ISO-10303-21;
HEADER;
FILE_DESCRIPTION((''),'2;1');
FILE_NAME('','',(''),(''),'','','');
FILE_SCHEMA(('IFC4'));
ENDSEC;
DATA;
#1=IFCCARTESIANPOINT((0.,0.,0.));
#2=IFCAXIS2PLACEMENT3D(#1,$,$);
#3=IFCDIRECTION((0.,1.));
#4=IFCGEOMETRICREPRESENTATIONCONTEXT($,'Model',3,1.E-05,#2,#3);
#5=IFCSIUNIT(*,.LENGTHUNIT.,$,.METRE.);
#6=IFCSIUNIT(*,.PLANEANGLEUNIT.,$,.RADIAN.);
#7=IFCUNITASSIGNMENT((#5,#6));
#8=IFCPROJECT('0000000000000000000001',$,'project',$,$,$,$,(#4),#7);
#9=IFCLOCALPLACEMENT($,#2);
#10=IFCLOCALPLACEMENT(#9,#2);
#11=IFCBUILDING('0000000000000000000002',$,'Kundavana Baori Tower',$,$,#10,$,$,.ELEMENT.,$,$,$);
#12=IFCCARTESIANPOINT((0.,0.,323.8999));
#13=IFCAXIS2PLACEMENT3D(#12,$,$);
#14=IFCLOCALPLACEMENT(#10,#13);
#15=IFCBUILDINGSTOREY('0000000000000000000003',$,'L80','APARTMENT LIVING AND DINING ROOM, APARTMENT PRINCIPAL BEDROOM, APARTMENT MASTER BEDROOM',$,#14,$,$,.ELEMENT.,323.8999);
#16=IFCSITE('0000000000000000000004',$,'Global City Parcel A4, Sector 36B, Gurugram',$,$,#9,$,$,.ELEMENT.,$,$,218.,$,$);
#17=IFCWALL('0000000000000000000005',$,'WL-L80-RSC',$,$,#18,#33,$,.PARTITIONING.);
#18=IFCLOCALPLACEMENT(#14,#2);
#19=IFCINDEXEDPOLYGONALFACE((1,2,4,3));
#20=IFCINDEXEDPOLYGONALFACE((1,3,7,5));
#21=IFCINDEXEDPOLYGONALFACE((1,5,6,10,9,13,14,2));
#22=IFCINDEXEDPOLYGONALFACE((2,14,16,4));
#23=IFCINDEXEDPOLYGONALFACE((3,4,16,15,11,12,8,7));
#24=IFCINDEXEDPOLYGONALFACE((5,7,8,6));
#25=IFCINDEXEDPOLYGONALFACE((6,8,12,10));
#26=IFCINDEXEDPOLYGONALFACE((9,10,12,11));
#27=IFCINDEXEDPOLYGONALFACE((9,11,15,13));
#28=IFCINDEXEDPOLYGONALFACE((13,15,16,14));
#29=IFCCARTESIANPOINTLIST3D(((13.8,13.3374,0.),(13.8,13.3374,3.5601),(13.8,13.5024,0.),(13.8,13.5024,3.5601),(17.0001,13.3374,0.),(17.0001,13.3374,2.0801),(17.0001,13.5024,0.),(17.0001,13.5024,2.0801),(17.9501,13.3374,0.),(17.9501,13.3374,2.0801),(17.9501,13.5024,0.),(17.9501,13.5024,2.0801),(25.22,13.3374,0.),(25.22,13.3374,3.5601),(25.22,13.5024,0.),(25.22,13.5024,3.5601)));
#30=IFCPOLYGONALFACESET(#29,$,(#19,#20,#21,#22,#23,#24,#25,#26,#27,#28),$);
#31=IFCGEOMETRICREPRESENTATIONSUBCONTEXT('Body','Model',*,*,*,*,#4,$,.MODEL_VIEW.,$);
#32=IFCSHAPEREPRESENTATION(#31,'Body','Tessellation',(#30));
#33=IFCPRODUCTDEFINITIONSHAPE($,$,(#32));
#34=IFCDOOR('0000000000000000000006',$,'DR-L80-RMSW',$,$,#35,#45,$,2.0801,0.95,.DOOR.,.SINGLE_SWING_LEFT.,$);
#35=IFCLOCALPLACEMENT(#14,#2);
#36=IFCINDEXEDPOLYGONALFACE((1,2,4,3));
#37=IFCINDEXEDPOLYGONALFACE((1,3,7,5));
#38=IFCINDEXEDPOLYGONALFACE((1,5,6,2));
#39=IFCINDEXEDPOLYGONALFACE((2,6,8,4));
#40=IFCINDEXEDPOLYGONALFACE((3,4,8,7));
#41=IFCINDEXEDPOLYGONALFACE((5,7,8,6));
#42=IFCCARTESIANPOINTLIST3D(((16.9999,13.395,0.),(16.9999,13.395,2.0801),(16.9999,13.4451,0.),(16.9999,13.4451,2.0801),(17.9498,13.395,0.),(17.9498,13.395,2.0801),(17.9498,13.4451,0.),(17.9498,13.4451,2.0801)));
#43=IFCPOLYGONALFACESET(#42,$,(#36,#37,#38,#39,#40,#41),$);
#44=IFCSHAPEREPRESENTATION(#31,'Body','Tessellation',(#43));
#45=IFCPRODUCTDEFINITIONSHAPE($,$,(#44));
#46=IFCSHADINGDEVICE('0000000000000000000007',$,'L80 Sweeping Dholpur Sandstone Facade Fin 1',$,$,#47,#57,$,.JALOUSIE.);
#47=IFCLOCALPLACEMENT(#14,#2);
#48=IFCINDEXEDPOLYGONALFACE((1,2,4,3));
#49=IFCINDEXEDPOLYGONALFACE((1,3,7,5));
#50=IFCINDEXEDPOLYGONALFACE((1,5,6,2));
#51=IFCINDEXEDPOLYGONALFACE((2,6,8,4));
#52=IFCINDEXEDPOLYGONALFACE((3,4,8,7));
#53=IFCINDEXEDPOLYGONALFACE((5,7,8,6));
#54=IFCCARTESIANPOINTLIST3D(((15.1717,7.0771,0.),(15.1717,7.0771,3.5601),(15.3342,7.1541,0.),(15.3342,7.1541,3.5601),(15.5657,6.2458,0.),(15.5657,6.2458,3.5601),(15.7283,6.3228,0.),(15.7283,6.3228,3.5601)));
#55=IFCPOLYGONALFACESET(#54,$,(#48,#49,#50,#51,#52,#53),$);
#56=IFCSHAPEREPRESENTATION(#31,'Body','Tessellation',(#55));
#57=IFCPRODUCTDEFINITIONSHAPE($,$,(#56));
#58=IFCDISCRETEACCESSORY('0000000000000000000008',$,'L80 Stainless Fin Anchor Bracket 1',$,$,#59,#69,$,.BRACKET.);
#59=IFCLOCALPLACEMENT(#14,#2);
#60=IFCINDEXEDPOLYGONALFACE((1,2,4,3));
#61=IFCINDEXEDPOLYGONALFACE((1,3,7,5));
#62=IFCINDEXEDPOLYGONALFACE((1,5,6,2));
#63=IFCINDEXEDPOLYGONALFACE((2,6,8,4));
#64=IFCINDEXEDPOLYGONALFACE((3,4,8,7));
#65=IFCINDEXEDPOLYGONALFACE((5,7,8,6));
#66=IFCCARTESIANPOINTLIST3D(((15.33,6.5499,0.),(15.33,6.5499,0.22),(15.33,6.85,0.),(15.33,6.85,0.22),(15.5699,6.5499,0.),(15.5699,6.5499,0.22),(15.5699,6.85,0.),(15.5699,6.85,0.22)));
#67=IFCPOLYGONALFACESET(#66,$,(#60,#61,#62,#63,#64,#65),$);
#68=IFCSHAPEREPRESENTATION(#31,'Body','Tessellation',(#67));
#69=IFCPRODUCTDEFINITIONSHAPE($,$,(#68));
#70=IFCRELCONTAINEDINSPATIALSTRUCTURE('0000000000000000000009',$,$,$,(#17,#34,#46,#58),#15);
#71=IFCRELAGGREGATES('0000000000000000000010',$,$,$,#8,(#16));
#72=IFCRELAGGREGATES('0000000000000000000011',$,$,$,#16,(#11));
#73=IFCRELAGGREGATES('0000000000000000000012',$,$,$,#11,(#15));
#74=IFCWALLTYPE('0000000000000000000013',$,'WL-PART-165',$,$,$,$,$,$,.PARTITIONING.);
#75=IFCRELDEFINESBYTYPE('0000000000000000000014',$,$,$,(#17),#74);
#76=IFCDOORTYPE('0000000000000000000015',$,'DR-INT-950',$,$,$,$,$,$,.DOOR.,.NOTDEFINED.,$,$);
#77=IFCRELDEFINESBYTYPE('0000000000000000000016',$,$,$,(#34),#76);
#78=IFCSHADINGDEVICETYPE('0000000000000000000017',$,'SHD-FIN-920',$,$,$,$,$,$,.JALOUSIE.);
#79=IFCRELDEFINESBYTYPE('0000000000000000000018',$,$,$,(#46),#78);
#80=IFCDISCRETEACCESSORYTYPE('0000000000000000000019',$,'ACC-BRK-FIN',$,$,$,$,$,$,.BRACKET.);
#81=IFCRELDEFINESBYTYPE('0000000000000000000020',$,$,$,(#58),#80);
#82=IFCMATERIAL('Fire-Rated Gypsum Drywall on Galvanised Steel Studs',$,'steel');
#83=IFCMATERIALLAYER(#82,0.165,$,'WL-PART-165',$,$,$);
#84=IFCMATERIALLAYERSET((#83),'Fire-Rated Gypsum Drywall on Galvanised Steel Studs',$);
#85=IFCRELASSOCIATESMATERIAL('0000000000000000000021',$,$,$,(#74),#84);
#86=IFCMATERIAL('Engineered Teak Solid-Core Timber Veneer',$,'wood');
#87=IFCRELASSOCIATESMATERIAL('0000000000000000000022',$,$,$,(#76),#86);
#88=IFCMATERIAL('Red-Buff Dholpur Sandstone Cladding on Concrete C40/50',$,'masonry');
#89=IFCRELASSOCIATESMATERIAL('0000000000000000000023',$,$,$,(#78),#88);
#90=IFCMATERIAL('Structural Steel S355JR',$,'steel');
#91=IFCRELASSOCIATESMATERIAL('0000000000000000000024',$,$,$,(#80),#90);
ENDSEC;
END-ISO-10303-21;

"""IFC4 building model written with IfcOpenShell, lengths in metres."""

from ifc_helpers import new_model, si_unit, direction, frame, frame_2d, origin, origin_2d, place, context, subcontext, project, spatial, rectangle, extrude, material, layer, layer_set, type_object, element, fill, save


model = new_model("IFC4")

# Units and contexts
model_context = context("Model", 3, precision=1e-05, world=origin(), true_north=direction((0.0, 1.0)))
body_context = subcontext(model_context, "Body", "Model", "MODEL_VIEW")
ifc_project = project(units=[si_unit("LENGTHUNIT", "METRE"), si_unit("PLANEANGLEUNIT", "RADIAN")], contexts=[model_context])

# Site, building, storey
site_placement = place(None, origin())
site = spatial("IfcSite", under=ifc_project, at=site_placement, Name="Global City Parcel A4, Sector 36B, Gurugram", CompositionType="ELEMENT", RefElevation=218.0)
building_placement = place(site_placement, origin())
building = spatial("IfcBuilding", under=site, at=building_placement, Name="Kundavana Baori Tower", CompositionType="ELEMENT")
storey_placement = place(building_placement, frame((0.0, 0.0, 323.8999)))
storey = spatial("IfcBuildingStorey", under=building, at=storey_placement, Name="L80", Description="APARTMENT LIVING AND DINING ROOM, APARTMENT PRINCIPAL BEDROOM, APARTMENT MASTER BEDROOM", CompositionType="ELEMENT", Elevation=323.8999)

# Wall, opening, door
ifc_material_1 = material(Name="Fire-Rated Gypsum Drywall on Galvanised Steel Studs", Category="steel")
ifc_layer_1 = layer(ifc_material_1, 0.165, Name="WL-PART-165")
ifc_layer_set_1 = layer_set([ifc_layer_1], Name="Fire-Rated Gypsum Drywall on Galvanised Steel Studs")
wall_type_1 = type_object("IfcWallType", Name="WL-PART-165", PredefinedType="PARTITIONING", material=ifc_layer_set_1)
wall_1_placement = place(storey_placement, frame((13.8, 13.4199, 0.0), z_axis=(0.0, 0.0, 1.0), x_axis=(1.0, 0.0, 0.0)))
wall_1 = element("IfcWall", 1, at=wall_1_placement, inside=storey, type_object=wall_type_1, Name="WL-L80-RSC", PredefinedType="PARTITIONING", context=body_context, shape_type="SweptSolid", body=[
    extrude(rectangle(XDim=11.4199, YDim=0.165, at=frame_2d((5.71, 0.0))), origin(), (0.0, 0.0, 1.0), 3.5601),
])
opening_placement = place(wall_1_placement, frame((3.2, 0.0, 0.0)))
opening = element("IfcOpeningElement", 2, at=opening_placement, cuts=wall_1, PredefinedType="OPENING", context=body_context, shape_type="SweptSolid", body=[
    extrude(rectangle(XDim=0.95, YDim=2.0801, at=frame_2d((0.4751, 1.04))), frame((0.0, 0.0925, 0.0), z_axis=(0.0, -1.0, 0.0), x_axis=(1.0, 0.0, 0.0)), (0.0, 0.0, 1.0), 0.1851),
])
ifc_material_2 = material(Name="Engineered Teak Solid-Core Timber Veneer", Category="wood")
door_type = type_object("IfcDoorType", Name="DR-INT-950", OperationType="NOTDEFINED", PredefinedType="DOOR", material=ifc_material_2)
door_placement = place(opening_placement, frame((0.95, 0.0, 0.0), z_axis=(0.0, 0.0, 1.0), x_axis=(-1.0, 0.0, 0.0)))
door = element("IfcDoor", 3, at=door_placement, inside=storey, type_object=door_type, Name="DR-L80-RMSW", OperationType="SINGLE_SWING_LEFT", OverallHeight=2.0801, OverallWidth=0.95, PredefinedType="DOOR", context=body_context, shape_type="SweptSolid", body=[
    extrude(rectangle(XDim=0.95, YDim=2.0801, at=frame_2d((0.4751, 1.04))), frame((0.0, 0.0249, 0.0), z_axis=(0.0, -1.0, 0.0), x_axis=(1.0, 0.0, 0.0)), (0.0, 0.0, 1.0), 0.05),
])
fill(opening, door)

# Shading device
ifc_material_3 = material(Name="Red-Buff Dholpur Sandstone Cladding on Concrete C40/50", Category="masonry")
shading_device_type = type_object("IfcShadingDeviceType", Name="SHD-FIN-920", PredefinedType="JALOUSIE", material=ifc_material_3)
shading_device_placement = place(storey_placement, frame((15.45, 6.7, 0.0), z_axis=(0.0, 0.0, 1.0), x_axis=(0.903635, 0.428304, 0.0)))
element("IfcShadingDevice", 4, at=shading_device_placement, inside=storey, type_object=shading_device_type, Name="L80 Sweeping Dholpur Sandstone Facade Fin 1", PredefinedType="JALOUSIE", context=body_context, shape_type="SweptSolid", body=[
    extrude(rectangle(XDim=0.1799, YDim=0.9199, at=origin_2d()), origin(), (0.0, 0.0, 1.0), 3.5601),
])

# Discrete accessory
ifc_material_4 = material(Name="Structural Steel S355JR", Category="steel")
discrete_accessory_type = type_object("IfcDiscreteAccessoryType", Name="ACC-BRK-FIN", PredefinedType="BRACKET", material=ifc_material_4)
discrete_accessory_placement = place(storey_placement, frame((15.45, 6.7, 0.0), z_axis=(0.0, 0.0, 1.0), x_axis=(1.0, 0.0, 0.0)))
element("IfcDiscreteAccessory", 5, at=discrete_accessory_placement, inside=storey, type_object=discrete_accessory_type, Name="L80 Stainless Fin Anchor Bracket 1", PredefinedType="BRACKET", context=body_context, shape_type="SweptSolid", body=[
    extrude(rectangle(XDim=0.24, YDim=0.3, at=origin_2d()), origin(), (0.0, 0.0, 1.0), 0.22),
])

save(model, "model.ifc")
